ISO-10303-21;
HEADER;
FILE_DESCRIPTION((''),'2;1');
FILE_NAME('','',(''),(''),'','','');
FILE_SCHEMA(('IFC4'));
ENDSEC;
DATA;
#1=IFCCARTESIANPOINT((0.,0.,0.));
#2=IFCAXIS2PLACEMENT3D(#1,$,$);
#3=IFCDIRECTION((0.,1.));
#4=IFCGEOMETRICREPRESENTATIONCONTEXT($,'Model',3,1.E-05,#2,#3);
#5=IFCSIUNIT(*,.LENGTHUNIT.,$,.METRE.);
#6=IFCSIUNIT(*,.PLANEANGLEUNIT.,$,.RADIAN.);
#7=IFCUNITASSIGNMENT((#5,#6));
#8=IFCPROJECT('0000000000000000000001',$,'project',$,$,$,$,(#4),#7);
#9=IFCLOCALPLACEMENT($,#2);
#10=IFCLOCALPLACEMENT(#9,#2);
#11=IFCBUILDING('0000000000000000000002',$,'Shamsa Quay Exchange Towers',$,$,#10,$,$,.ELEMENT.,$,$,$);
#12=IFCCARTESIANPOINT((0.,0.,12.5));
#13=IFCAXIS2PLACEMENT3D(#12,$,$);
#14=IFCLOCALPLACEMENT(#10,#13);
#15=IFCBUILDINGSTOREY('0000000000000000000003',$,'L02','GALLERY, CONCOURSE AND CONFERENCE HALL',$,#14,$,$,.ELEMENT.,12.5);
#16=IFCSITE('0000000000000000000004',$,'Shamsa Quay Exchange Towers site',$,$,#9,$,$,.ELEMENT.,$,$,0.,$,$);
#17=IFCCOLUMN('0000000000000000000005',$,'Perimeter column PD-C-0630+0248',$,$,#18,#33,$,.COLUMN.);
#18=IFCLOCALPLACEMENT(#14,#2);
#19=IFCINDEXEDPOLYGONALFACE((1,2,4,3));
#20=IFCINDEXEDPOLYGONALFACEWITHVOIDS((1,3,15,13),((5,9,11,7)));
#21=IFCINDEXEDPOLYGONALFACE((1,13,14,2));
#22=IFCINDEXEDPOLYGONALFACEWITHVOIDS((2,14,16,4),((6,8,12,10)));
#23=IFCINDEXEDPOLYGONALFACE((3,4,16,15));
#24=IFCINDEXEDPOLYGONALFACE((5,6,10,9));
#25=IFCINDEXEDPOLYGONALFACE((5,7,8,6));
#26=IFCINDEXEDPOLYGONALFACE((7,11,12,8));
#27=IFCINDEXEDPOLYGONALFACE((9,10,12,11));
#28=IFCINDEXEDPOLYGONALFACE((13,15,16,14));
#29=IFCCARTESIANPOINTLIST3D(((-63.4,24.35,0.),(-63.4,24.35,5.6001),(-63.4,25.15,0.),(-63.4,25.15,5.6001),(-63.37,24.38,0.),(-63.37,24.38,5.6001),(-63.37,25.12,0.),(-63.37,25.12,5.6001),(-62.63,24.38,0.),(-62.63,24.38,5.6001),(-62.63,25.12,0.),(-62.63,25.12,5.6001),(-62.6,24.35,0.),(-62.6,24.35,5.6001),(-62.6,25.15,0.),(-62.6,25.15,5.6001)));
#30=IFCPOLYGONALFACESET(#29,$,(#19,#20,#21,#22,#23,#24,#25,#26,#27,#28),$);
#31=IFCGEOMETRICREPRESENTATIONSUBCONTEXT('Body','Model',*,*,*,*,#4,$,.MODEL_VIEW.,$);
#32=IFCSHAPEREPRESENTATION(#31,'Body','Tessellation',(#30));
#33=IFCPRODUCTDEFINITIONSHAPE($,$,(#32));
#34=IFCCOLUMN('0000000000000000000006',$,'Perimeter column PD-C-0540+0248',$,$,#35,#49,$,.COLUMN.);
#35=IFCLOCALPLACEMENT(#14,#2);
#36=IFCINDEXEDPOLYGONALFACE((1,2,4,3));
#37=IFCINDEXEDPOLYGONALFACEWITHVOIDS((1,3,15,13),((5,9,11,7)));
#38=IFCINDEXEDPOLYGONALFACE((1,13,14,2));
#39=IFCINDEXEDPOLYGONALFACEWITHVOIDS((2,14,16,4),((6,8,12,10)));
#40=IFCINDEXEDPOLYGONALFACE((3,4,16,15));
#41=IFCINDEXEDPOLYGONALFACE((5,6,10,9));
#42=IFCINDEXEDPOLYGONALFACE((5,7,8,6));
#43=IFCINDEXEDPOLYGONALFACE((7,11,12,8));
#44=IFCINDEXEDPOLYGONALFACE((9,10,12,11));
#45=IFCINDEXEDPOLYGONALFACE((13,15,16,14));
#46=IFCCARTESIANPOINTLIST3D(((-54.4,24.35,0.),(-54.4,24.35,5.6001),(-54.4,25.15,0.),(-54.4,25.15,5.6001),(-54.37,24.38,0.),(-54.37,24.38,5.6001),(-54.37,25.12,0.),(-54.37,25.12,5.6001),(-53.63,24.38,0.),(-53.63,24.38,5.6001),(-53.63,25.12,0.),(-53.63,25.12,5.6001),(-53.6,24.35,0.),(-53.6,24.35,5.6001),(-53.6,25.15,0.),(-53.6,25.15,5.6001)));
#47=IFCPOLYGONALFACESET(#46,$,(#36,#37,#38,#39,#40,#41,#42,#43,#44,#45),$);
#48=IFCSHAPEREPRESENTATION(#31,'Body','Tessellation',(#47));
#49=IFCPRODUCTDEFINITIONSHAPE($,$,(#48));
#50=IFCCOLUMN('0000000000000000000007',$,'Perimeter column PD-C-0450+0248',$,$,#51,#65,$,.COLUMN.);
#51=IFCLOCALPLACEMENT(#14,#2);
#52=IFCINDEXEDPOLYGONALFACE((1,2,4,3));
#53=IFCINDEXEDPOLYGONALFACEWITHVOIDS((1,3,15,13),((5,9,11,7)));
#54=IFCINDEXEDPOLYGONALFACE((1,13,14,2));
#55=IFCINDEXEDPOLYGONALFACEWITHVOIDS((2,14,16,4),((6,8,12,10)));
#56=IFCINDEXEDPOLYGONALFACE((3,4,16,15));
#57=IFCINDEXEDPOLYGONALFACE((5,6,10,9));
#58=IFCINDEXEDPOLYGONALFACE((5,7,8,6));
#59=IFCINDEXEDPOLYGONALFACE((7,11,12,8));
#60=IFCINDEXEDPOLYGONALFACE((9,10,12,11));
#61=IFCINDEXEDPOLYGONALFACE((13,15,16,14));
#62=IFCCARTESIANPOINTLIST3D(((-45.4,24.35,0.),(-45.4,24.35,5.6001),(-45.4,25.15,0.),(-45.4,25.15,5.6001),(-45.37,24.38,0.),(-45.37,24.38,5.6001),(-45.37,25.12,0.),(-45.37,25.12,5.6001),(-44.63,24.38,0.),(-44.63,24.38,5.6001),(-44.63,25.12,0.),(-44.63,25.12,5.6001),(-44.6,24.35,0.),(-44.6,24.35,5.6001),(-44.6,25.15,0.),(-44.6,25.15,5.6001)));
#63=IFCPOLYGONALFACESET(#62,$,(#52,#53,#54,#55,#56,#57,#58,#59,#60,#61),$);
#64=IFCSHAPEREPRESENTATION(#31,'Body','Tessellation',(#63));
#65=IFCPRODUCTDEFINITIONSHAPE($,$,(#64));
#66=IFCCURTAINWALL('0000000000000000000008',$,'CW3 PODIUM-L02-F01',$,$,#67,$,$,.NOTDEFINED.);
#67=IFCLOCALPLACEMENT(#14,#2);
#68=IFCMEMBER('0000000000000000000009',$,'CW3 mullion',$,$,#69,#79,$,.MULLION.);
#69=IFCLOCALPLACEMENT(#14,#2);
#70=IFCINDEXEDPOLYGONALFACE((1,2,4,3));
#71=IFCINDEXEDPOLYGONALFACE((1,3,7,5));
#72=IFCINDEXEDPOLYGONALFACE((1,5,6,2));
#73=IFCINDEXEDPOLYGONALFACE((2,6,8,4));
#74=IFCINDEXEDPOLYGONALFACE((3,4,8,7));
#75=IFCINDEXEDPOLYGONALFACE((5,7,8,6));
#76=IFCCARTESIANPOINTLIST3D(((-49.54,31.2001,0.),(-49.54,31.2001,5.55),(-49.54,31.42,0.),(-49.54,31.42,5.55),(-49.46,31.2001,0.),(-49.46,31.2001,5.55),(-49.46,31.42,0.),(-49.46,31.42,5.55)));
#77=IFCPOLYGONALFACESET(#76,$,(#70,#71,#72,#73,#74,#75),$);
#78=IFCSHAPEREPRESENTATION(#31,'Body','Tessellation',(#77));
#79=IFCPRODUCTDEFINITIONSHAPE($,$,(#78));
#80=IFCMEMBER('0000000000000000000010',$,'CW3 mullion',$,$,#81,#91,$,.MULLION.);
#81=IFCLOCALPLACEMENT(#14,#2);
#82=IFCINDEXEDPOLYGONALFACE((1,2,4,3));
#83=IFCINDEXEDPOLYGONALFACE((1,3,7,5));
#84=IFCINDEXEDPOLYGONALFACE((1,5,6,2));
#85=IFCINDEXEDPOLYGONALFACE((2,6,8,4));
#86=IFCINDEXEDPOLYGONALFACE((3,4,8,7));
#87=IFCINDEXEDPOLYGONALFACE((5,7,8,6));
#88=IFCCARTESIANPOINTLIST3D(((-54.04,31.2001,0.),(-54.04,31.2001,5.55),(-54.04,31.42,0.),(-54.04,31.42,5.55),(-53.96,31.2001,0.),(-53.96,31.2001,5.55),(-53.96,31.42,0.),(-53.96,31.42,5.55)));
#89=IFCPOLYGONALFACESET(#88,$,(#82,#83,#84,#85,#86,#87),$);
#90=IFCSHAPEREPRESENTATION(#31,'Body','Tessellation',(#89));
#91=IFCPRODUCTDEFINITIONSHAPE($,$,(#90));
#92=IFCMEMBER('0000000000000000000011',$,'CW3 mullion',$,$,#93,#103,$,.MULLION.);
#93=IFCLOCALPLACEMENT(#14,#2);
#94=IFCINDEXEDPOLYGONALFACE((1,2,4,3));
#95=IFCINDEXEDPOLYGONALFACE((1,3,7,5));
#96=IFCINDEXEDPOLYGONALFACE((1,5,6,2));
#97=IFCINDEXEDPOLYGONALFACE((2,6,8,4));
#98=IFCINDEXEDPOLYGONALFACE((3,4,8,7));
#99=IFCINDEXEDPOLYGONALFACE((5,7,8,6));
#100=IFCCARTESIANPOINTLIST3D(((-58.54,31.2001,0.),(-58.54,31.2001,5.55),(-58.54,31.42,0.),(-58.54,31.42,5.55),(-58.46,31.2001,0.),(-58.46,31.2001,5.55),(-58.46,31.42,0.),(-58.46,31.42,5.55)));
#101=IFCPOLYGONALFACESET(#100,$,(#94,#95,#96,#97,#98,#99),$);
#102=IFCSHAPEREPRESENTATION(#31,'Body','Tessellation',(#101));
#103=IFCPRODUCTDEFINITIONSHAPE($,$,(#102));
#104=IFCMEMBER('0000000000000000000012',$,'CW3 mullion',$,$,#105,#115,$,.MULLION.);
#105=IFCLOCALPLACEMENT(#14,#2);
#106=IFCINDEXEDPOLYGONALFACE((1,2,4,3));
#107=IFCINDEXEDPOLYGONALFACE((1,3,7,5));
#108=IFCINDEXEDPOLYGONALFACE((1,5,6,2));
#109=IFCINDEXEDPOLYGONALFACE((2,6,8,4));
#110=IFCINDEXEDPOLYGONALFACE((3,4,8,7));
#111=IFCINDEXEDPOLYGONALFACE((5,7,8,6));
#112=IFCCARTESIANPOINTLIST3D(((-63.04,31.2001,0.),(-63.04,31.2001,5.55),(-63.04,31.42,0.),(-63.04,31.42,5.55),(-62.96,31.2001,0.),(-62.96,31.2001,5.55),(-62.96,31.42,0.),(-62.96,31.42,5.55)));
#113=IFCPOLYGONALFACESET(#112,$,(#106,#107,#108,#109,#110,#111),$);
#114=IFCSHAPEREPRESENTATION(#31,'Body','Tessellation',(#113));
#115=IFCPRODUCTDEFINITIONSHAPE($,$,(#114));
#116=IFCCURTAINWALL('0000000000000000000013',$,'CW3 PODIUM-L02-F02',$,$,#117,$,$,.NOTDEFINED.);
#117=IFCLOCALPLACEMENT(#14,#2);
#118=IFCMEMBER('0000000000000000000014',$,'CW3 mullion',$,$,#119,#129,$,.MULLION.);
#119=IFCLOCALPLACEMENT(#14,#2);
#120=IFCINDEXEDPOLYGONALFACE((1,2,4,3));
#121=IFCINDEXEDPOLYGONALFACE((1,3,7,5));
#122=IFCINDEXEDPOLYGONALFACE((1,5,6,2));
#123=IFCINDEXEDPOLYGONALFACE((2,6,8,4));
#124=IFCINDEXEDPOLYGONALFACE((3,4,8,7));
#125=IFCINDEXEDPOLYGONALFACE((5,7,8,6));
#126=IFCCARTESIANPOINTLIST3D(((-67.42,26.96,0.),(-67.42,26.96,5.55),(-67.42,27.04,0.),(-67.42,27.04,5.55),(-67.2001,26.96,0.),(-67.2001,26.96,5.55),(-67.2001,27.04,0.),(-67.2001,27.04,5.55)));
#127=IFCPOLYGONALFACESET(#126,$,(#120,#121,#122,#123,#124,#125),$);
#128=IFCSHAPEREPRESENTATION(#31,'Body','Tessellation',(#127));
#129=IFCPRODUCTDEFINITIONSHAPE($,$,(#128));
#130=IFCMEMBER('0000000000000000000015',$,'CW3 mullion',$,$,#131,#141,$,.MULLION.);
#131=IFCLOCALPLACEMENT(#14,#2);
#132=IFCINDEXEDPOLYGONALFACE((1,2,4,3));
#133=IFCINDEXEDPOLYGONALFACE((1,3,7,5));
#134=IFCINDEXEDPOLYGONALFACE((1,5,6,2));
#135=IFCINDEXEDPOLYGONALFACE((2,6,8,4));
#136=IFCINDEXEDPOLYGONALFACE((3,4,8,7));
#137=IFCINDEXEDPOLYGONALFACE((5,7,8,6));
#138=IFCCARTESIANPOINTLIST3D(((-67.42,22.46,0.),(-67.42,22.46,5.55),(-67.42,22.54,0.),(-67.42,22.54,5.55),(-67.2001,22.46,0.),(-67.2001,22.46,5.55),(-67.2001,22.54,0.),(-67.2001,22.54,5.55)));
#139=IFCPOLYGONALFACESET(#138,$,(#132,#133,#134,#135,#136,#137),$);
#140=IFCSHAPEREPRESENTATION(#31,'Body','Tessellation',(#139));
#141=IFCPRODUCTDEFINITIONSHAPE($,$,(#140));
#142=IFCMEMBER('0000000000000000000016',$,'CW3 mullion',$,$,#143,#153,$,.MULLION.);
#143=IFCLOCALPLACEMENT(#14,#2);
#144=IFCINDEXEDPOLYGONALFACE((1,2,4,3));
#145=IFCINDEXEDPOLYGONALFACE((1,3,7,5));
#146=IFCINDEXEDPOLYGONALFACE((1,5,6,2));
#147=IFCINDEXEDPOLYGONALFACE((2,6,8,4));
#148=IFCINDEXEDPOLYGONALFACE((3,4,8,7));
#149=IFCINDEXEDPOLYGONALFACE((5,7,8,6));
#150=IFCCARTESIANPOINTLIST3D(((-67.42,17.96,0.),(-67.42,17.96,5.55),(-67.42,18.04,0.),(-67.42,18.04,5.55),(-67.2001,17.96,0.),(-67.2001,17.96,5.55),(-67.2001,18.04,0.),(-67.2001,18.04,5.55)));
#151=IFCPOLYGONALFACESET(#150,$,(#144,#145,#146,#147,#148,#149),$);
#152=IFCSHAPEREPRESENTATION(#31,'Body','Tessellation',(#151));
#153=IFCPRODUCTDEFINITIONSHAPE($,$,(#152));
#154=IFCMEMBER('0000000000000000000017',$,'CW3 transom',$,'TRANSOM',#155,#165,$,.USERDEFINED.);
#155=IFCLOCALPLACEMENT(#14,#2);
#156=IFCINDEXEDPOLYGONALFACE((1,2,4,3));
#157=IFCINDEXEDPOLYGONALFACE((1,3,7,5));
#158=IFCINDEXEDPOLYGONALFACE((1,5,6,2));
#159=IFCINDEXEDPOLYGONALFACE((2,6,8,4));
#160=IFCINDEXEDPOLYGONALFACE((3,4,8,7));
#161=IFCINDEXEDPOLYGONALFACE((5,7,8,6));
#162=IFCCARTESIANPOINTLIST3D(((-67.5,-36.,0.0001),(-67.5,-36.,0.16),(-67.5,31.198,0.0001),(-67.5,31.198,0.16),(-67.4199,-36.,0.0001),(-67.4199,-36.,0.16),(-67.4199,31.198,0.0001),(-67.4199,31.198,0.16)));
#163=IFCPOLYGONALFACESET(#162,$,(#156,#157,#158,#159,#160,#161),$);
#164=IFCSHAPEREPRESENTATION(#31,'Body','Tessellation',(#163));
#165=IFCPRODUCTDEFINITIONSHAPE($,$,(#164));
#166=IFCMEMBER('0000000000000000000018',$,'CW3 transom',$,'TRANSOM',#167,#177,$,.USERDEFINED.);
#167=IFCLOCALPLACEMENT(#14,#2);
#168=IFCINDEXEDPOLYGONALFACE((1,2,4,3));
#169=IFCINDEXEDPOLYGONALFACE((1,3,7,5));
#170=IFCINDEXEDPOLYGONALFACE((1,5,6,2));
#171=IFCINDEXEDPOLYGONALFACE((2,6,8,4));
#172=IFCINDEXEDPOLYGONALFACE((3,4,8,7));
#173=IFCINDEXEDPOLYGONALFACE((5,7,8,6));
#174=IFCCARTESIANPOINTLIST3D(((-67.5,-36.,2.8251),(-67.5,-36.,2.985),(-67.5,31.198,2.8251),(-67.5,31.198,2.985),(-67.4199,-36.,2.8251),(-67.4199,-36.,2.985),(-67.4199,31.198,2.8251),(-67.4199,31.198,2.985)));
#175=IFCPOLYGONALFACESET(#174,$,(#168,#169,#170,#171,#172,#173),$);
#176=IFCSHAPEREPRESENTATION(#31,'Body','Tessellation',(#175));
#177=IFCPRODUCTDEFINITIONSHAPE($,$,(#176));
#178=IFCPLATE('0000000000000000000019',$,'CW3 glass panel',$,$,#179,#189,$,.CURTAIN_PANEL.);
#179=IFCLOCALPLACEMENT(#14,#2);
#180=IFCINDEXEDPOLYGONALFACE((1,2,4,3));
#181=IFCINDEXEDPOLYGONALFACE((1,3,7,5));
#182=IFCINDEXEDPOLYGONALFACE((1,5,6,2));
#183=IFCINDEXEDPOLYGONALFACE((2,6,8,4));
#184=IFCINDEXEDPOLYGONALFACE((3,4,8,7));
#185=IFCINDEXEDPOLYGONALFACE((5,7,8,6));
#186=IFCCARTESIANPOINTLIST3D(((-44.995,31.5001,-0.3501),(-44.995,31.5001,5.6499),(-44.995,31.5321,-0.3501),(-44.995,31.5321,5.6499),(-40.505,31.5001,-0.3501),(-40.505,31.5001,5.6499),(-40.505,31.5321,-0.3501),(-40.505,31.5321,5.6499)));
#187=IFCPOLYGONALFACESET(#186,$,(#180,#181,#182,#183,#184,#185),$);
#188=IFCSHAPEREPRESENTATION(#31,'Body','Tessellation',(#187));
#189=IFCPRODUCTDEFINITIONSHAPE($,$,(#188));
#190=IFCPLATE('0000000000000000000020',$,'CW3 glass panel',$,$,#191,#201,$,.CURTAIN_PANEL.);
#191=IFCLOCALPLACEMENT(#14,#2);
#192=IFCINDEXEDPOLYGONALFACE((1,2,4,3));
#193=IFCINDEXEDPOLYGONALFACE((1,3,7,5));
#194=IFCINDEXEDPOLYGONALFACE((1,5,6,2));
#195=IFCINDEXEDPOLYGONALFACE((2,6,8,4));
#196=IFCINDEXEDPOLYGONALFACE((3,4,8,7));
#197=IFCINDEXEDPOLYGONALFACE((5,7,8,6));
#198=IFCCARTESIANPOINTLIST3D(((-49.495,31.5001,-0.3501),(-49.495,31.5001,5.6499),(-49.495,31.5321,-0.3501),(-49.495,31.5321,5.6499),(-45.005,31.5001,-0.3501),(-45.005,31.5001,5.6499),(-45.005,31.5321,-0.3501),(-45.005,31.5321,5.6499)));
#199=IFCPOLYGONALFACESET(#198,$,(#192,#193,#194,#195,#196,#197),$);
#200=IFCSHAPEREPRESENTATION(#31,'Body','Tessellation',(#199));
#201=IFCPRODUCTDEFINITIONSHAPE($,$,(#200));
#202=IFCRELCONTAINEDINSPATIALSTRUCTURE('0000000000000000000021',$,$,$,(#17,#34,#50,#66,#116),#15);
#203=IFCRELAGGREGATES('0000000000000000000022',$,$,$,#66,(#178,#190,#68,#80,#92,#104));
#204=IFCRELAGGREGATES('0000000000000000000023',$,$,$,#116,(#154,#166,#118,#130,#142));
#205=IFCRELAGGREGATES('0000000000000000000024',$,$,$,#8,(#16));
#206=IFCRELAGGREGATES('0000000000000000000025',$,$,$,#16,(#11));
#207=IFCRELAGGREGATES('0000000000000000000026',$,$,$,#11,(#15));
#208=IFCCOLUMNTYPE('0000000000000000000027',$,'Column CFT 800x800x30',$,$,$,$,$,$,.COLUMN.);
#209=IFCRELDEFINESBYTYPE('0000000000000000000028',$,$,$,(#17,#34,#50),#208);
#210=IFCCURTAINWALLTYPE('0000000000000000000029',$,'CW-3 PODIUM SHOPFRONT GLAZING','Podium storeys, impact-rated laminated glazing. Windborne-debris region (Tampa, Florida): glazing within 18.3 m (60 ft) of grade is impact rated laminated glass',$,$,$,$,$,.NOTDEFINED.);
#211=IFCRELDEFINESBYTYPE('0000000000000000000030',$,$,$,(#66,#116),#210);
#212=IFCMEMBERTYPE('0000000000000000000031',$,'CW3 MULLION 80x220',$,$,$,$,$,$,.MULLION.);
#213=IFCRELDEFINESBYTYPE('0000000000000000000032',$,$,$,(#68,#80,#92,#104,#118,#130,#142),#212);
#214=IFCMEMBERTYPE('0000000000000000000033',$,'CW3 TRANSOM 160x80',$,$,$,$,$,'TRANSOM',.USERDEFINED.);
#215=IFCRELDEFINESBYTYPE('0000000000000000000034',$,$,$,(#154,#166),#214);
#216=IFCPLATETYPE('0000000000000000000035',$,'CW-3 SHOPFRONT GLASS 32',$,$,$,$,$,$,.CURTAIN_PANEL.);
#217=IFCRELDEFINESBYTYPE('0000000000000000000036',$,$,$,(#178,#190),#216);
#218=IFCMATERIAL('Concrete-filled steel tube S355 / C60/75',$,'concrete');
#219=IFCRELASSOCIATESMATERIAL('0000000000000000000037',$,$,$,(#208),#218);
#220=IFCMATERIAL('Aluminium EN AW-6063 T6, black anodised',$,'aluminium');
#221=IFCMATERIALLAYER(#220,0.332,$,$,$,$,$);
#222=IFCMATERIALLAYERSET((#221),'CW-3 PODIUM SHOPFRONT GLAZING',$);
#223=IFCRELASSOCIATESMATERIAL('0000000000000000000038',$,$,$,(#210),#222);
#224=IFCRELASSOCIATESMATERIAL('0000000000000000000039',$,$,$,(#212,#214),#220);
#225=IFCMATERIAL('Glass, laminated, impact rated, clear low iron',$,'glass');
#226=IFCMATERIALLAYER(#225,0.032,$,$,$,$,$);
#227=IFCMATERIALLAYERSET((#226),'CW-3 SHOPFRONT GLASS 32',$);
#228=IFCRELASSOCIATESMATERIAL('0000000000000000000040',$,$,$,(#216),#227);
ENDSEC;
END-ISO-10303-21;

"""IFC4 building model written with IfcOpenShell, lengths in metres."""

from ifc_helpers import new_model, si_unit, direction, frame, origin, origin_2d, place, context, subcontext, project, spatial, rectangle, hollow_rectangle, extrude, material, layer, layer_set, material_profile, profile_set, type_object, element, aggregate, save


model = new_model("IFC4")

# Units and contexts
model_context = context("Model", 3, precision=1e-05, world=origin(), true_north=direction((0.0, 1.0)))
body_context = subcontext(model_context, "Body", "Model", "MODEL_VIEW")
ifc_project = project(units=[si_unit("LENGTHUNIT", "METRE"), si_unit("PLANEANGLEUNIT", "RADIAN")], contexts=[model_context])

# Site, building, storey
site_placement = place(None, origin())
site = spatial("IfcSite", under=ifc_project, at=site_placement, Name="Shamsa Quay Exchange Towers site", CompositionType="ELEMENT", RefElevation=0.0)
building_placement = place(site_placement, origin())
building = spatial("IfcBuilding", under=site, at=building_placement, Name="Shamsa Quay Exchange Towers", CompositionType="ELEMENT")
storey_placement = place(building_placement, frame((0.0, 0.0, 12.5)))
storey = spatial("IfcBuildingStorey", under=building, at=storey_placement, Name="L02", Description="GALLERY, CONCOURSE AND CONFERENCE HALL", CompositionType="ELEMENT", Elevation=12.5)

# Columns
ifc_material_1 = material(Name="Concrete-filled steel tube S355 / C60/75", Category="concrete")
ifc_material_profile_1 = material_profile(ifc_material_1, hollow_rectangle(XDim=0.8, YDim=0.8, WallThickness=0.03, at=origin_2d()), Name="CFT 800x800x30")
ifc_profile_set_1 = profile_set([ifc_material_profile_1], Name="Concrete-filled steel tube S355 / C60/75")
column_type = type_object("IfcColumnType", Name="Column CFT 800x800x30", PredefinedType="COLUMN", material=ifc_profile_set_1)
for number, where, name in (
    (1, (-63.0, 24.75, 0.0), "Perimeter column PD-C-0630+0248"),
    (2, (-54.0, 24.75, 0.0), "Perimeter column PD-C-0540+0248"),
    (3, (-45.0, 24.75, 0.0), "Perimeter column PD-C-0450+0248"),
):
    element("IfcColumn", number, at=place(storey_placement, frame(where)), inside=storey, type_object=column_type, Name=name, PredefinedType="COLUMN", context=body_context, shape_type="SweptSolid", body=[
        extrude(hollow_rectangle(XDim=0.8, YDim=0.8, WallThickness=0.03, at=origin_2d()), origin(), (0.0, 0.0, 1.0), 5.6001),
    ])

# Curtain walls, members
ifc_material_2 = material(Name="Aluminium EN AW-6063 T6, black anodised", Category="aluminium")
ifc_layer_1 = layer(ifc_material_2, 0.332)
ifc_layer_set_1 = layer_set([ifc_layer_1], Name="CW-3 PODIUM SHOPFRONT GLAZING")
curtain_wall_type = type_object("IfcCurtainWallType", Name="CW-3 PODIUM SHOPFRONT GLAZING", Description="Podium storeys, impact-rated laminated glazing. Windborne-debris region (Tampa, Florida): glazing within 18.3 m (60 ft) of grade is impact rated laminated glass", PredefinedType="NOTDEFINED", material=ifc_layer_set_1)
curtain_wall_1_placement = place(storey_placement, origin())
curtain_wall_1 = element("IfcCurtainWall", 4, at=curtain_wall_1_placement, inside=storey, type_object=curtain_wall_type, Name="CW3 PODIUM-L02-F01", PredefinedType="NOTDEFINED")
ifc_material_profile_2 = material_profile(ifc_material_2, rectangle(XDim=0.22, YDim=0.0801, at=origin_2d()), Name="MU80x220")
ifc_profile_set_2 = profile_set([ifc_material_profile_2], Name="Aluminium EN AW-6063 T6, black anodised")
member_type_1 = type_object("IfcMemberType", Name="CW3 MULLION 80x220", PredefinedType="MULLION", material=ifc_profile_set_2)
member_1_placement = place(storey_placement, frame((-49.5, 31.3101, 0.0), z_axis=(0.0, 0.0, 1.0), x_axis=(0.0, -1.0, 0.0)))
member_1 = element("IfcMember", 5, at=member_1_placement, type_object=member_type_1, Name="CW3 mullion", PredefinedType="MULLION", context=body_context, shape_type="SweptSolid", body=[
    extrude(rectangle(XDim=0.22, YDim=0.0801, at=origin_2d()), origin(), (0.0, 0.0, 1.0), 5.55),
])
member_2_placement = place(storey_placement, frame((-54.0, 31.3101, 0.0), z_axis=(0.0, 0.0, 1.0), x_axis=(0.0, -1.0, 0.0)))
member_2 = element("IfcMember", 6, at=member_2_placement, type_object=member_type_1, Name="CW3 mullion", PredefinedType="MULLION", context=body_context, shape_type="SweptSolid", body=[
    extrude(rectangle(XDim=0.22, YDim=0.0801, at=origin_2d()), origin(), (0.0, 0.0, 1.0), 5.55),
])
member_3_placement = place(storey_placement, frame((-58.5, 31.3101, 0.0), z_axis=(0.0, 0.0, 1.0), x_axis=(0.0, -1.0, 0.0)))
member_3 = element("IfcMember", 7, at=member_3_placement, type_object=member_type_1, Name="CW3 mullion", PredefinedType="MULLION", context=body_context, shape_type="SweptSolid", body=[
    extrude(rectangle(XDim=0.22, YDim=0.0801, at=origin_2d()), origin(), (0.0, 0.0, 1.0), 5.55),
])
member_4_placement = place(storey_placement, frame((-63.0, 31.3101, 0.0), z_axis=(0.0, 0.0, 1.0), x_axis=(0.0, -1.0, 0.0)))
member_4 = element("IfcMember", 8, at=member_4_placement, type_object=member_type_1, Name="CW3 mullion", PredefinedType="MULLION", context=body_context, shape_type="SweptSolid", body=[
    extrude(rectangle(XDim=0.22, YDim=0.0801, at=origin_2d()), origin(), (0.0, 0.0, 1.0), 5.55),
])
curtain_wall_2_placement = place(storey_placement, origin())
curtain_wall_2 = element("IfcCurtainWall", 9, at=curtain_wall_2_placement, inside=storey, type_object=curtain_wall_type, Name="CW3 PODIUM-L02-F02", PredefinedType="NOTDEFINED")
member_5_placement = place(storey_placement, frame((-67.3101, 27.0, 0.0)))
member_5 = element("IfcMember", 10, at=member_5_placement, type_object=member_type_1, Name="CW3 mullion", PredefinedType="MULLION", context=body_context, shape_type="SweptSolid", body=[
    extrude(rectangle(XDim=0.22, YDim=0.0801, at=origin_2d()), origin(), (0.0, 0.0, 1.0), 5.55),
])
member_6_placement = place(storey_placement, frame((-67.3101, 22.5, 0.0)))
member_6 = element("IfcMember", 11, at=member_6_placement, type_object=member_type_1, Name="CW3 mullion", PredefinedType="MULLION", context=body_context, shape_type="SweptSolid", body=[
    extrude(rectangle(XDim=0.22, YDim=0.0801, at=origin_2d()), origin(), (0.0, 0.0, 1.0), 5.55),
])
member_7_placement = place(storey_placement, frame((-67.3101, 18.0, 0.0)))
member_7 = element("IfcMember", 12, at=member_7_placement, type_object=member_type_1, Name="CW3 mullion", PredefinedType="MULLION", context=body_context, shape_type="SweptSolid", body=[
    extrude(rectangle(XDim=0.22, YDim=0.0801, at=origin_2d()), origin(), (0.0, 0.0, 1.0), 5.55),
])
ifc_material_profile_3 = material_profile(ifc_material_2, rectangle(XDim=0.0801, YDim=0.1599, at=origin_2d()), Name="TR160x80")
ifc_profile_set_3 = profile_set([ifc_material_profile_3], Name="Aluminium EN AW-6063 T6, black anodised")
member_type_2 = type_object("IfcMemberType", Name="CW3 TRANSOM 160x80", ElementType="TRANSOM", PredefinedType="USERDEFINED", material=ifc_profile_set_3)
member_8_placement = place(storey_placement, frame((-67.46, 31.198, 0.0801), z_axis=(0.0, -1.0, 0.0), x_axis=(1.0, 0.0, 0.0)))
member_8 = element("IfcMember", 13, at=member_8_placement, type_object=member_type_2, Name="CW3 transom", ObjectType="TRANSOM", PredefinedType="USERDEFINED", context=body_context, shape_type="SweptSolid", body=[
    extrude(rectangle(XDim=0.0801, YDim=0.1599, at=origin_2d()), origin(), (0.0, 0.0, 1.0), 67.198),
])
member_9_placement = place(storey_placement, frame((-67.46, 31.198, 2.905), z_axis=(0.0, -1.0, 0.0), x_axis=(1.0, 0.0, 0.0)))
member_9 = element("IfcMember", 14, at=member_9_placement, type_object=member_type_2, Name="CW3 transom", ObjectType="TRANSOM", PredefinedType="USERDEFINED", context=body_context, shape_type="SweptSolid", body=[
    extrude(rectangle(XDim=0.0801, YDim=0.1599, at=origin_2d()), origin(), (0.0, 0.0, 1.0), 67.198),
])

# Plates
ifc_material_3 = material(Name="Glass, laminated, impact rated, clear low iron", Category="glass")
ifc_layer_2 = layer(ifc_material_3, 0.032)
ifc_layer_set_2 = layer_set([ifc_layer_2], Name="CW-3 SHOPFRONT GLASS 32")
plate_type = type_object("IfcPlateType", Name="CW-3 SHOPFRONT GLASS 32", PredefinedType="CURTAIN_PANEL", material=ifc_layer_set_2)
plate_1_placement = place(storey_placement, frame((-42.75, 31.5161, -0.3501), z_axis=(0.0, 0.0, 1.0), x_axis=(-1.0, 0.0, 0.0)))
plate_1 = element("IfcPlate", 15, at=plate_1_placement, type_object=plate_type, Name="CW3 glass panel", PredefinedType="CURTAIN_PANEL", context=body_context, shape_type="SweptSolid", body=[
    extrude(rectangle(XDim=4.49, YDim=0.032, at=origin_2d()), origin(), (0.0, 0.0, 1.0), 6.0),
])
plate_2_placement = place(storey_placement, frame((-47.25, 31.5161, -0.3501), z_axis=(0.0, 0.0, 1.0), x_axis=(-1.0, 0.0, 0.0)))
plate_2 = element("IfcPlate", 16, at=plate_2_placement, type_object=plate_type, Name="CW3 glass panel", PredefinedType="CURTAIN_PANEL", context=body_context, shape_type="SweptSolid", body=[
    extrude(rectangle(XDim=4.49, YDim=0.032, at=origin_2d()), origin(), (0.0, 0.0, 1.0), 6.0),
])
aggregate(curtain_wall_1, [plate_1, plate_2, member_1, member_2, member_3, member_4])
aggregate(curtain_wall_2, [member_8, member_9, member_5, member_6, member_7])

save(model, "model.ifc")
